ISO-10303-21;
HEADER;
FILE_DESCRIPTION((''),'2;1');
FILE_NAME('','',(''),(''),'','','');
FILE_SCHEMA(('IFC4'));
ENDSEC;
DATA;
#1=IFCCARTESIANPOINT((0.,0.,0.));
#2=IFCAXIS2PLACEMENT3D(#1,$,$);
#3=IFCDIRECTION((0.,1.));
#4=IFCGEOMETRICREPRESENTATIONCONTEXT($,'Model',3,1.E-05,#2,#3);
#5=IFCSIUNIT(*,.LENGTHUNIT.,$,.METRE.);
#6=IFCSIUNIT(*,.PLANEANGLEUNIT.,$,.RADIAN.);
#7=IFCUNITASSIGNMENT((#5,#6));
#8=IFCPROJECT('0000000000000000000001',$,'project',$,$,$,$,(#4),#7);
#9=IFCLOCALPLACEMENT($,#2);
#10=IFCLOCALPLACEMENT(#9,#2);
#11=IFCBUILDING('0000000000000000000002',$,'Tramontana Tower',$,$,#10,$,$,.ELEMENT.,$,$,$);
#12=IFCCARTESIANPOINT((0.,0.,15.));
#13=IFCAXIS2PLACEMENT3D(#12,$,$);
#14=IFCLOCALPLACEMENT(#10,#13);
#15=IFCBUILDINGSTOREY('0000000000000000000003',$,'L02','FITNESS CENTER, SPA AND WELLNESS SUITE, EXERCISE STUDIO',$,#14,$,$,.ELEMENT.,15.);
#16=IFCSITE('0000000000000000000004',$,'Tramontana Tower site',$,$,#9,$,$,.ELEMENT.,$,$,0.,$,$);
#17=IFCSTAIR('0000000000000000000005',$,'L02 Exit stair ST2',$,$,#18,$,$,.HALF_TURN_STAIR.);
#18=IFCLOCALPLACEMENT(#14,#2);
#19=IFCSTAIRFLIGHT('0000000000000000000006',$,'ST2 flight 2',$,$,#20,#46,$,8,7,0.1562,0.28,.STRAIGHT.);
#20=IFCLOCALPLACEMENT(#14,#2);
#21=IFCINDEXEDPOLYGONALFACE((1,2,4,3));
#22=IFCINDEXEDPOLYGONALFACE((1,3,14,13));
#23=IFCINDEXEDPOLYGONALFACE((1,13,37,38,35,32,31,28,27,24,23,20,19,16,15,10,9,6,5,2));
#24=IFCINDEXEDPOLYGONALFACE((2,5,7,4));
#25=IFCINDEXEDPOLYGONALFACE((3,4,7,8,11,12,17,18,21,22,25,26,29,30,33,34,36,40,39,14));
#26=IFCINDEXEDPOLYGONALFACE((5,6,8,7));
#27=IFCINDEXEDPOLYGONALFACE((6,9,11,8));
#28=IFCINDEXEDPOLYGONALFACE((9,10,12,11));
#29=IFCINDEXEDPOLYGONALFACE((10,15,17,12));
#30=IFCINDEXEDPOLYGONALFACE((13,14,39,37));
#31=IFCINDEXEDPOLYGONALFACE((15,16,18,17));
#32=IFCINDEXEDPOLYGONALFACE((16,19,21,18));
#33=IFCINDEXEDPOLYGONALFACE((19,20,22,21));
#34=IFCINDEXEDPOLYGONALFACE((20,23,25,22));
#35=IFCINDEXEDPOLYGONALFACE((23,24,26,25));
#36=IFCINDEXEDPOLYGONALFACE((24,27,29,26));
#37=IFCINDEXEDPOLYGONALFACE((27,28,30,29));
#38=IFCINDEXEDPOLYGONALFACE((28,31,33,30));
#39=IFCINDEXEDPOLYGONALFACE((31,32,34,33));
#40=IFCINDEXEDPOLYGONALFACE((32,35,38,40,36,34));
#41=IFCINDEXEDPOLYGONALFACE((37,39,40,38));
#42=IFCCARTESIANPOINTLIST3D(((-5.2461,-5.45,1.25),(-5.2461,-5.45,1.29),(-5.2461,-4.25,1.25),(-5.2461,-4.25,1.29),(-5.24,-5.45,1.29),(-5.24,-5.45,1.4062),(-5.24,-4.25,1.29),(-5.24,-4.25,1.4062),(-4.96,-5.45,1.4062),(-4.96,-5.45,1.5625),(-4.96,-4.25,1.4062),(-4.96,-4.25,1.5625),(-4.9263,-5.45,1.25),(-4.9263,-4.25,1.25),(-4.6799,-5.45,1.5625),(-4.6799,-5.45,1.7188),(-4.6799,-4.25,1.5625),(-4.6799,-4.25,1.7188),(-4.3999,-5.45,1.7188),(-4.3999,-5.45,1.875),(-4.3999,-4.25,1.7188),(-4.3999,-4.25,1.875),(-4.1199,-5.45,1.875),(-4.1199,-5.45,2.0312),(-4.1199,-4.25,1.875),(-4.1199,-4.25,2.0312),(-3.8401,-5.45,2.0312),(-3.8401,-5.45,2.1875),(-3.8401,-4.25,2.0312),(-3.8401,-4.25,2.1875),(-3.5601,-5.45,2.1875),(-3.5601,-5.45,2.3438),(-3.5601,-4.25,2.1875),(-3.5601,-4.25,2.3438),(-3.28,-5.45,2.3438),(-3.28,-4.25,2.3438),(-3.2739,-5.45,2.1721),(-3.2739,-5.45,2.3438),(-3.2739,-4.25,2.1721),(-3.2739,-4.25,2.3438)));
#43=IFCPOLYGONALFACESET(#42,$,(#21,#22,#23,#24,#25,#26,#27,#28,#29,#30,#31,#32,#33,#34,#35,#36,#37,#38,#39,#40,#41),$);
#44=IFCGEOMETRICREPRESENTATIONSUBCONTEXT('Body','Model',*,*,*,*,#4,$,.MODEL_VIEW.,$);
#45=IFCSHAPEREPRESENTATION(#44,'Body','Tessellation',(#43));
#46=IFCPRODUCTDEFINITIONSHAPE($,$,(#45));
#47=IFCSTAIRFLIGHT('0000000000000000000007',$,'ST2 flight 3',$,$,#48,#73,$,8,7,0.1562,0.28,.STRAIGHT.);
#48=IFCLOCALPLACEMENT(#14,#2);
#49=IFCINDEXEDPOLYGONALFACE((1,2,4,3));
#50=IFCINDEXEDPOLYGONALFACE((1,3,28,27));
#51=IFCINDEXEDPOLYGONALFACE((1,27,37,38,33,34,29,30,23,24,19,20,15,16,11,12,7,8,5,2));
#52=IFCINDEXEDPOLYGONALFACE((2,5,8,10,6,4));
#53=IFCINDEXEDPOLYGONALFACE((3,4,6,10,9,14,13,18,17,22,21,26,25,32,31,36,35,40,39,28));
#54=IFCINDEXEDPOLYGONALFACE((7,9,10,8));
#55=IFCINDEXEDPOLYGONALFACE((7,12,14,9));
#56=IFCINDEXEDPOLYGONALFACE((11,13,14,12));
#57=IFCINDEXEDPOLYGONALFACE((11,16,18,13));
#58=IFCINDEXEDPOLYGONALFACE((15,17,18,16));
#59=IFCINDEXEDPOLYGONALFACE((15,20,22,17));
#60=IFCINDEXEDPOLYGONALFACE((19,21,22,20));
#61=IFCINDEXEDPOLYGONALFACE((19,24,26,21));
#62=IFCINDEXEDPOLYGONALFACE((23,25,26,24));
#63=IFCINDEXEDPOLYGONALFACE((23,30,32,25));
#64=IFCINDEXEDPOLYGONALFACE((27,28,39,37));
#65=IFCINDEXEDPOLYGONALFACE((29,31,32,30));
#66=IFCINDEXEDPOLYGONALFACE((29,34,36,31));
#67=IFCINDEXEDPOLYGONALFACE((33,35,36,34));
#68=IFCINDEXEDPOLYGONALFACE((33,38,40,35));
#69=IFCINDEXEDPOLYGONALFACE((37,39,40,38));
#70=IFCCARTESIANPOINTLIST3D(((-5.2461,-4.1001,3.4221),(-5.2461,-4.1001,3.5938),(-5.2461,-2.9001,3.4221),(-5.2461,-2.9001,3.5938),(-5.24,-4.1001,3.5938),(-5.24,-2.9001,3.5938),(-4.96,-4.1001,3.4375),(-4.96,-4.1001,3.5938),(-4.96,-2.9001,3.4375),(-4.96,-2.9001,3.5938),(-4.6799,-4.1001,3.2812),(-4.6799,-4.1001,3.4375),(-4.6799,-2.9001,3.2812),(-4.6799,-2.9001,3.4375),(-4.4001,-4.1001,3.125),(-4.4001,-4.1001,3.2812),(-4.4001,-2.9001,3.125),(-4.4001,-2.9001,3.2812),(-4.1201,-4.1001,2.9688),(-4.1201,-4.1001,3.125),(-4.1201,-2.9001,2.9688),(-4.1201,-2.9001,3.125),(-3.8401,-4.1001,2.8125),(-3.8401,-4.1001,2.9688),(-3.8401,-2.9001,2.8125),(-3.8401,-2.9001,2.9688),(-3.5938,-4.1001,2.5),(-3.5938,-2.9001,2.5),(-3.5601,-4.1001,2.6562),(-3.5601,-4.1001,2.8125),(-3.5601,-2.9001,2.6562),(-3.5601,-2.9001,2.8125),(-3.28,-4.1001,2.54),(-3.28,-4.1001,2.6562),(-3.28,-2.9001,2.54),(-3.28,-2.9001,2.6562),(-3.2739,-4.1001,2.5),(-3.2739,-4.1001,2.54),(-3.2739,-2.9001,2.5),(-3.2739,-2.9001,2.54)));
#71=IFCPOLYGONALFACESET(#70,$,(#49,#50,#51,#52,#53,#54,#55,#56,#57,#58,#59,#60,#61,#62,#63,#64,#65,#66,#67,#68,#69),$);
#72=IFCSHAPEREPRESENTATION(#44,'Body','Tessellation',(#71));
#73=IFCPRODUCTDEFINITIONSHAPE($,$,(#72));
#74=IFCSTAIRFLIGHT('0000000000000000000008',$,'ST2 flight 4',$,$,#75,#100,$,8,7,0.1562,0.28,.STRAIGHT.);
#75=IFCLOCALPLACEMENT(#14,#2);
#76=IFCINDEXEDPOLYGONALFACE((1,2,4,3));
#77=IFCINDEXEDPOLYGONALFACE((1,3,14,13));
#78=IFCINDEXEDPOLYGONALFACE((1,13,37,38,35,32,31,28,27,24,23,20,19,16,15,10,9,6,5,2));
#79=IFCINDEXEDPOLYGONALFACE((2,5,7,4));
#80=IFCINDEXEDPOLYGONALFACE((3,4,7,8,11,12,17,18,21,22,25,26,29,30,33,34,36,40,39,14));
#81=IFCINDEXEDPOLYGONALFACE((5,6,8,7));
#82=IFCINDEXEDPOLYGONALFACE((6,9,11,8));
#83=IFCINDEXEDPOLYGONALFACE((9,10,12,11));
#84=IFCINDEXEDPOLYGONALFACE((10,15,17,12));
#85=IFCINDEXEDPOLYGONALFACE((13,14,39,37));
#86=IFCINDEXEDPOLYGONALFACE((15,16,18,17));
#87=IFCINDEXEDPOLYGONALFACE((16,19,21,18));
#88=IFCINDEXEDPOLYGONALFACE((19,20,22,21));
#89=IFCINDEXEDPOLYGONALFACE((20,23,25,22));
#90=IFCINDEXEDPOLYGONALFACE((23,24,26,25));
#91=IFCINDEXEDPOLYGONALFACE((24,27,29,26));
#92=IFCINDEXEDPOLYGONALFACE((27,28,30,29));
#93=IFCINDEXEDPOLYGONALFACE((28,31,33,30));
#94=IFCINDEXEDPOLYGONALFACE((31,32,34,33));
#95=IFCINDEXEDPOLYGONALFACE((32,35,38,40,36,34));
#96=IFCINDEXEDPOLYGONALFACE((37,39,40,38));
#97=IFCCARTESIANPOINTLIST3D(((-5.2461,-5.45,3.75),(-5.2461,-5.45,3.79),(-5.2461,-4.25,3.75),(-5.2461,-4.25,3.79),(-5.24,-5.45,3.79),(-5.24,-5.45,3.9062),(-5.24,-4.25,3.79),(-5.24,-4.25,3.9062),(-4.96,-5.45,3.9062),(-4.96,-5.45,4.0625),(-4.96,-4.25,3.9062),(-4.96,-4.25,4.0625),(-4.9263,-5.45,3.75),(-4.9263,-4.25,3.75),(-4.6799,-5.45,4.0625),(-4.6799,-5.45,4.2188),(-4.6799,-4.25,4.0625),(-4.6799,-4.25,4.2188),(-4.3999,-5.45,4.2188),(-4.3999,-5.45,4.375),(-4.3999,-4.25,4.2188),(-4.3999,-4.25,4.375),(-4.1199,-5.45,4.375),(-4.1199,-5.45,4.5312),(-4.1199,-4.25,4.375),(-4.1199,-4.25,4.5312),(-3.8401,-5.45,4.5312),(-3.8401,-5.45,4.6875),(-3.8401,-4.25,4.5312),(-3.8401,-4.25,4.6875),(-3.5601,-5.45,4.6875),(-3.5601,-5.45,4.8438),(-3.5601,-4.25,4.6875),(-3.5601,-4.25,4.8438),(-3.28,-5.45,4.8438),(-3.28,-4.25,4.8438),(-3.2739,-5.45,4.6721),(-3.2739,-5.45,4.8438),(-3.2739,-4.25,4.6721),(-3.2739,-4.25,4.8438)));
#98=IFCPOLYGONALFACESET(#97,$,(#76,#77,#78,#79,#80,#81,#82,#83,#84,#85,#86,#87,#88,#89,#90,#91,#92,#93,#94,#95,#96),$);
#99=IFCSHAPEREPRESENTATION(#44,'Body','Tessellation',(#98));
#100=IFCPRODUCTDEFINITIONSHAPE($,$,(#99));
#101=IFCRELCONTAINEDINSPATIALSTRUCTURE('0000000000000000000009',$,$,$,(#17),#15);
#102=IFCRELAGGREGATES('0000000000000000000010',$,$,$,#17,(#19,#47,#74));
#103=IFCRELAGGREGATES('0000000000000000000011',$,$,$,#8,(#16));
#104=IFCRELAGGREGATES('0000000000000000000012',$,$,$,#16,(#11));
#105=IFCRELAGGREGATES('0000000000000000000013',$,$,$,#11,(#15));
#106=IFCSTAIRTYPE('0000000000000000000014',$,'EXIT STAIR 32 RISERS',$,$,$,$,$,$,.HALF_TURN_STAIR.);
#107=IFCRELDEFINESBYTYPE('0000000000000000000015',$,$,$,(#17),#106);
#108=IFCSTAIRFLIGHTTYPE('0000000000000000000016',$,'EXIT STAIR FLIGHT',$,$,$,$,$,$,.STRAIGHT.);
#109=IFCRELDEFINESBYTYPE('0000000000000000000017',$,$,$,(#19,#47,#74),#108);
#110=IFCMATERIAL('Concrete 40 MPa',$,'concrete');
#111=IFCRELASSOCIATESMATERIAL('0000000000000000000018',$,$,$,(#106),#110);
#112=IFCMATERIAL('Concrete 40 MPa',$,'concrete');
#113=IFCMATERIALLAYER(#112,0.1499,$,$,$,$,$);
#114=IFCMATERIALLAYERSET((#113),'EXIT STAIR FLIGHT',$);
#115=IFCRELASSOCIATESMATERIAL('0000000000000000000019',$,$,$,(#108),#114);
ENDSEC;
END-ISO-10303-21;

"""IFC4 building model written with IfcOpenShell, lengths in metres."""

from ifc_helpers import new_model, si_unit, direction, frame, origin, place, context, subcontext, project, spatial, polyline, outline, extrude, material, layer, layer_set, type_object, element, aggregate, save


model = new_model("IFC4")

# Units and contexts
model_context = context("Model", 3, precision=1e-05, world=origin(), true_north=direction((0.0, 1.0)))
body_context = subcontext(model_context, "Body", "Model", "MODEL_VIEW")
ifc_project = project(units=[si_unit("LENGTHUNIT", "METRE"), si_unit("PLANEANGLEUNIT", "RADIAN")], contexts=[model_context])

# Site, building, storey
site_placement = place(None, origin())
site = spatial("IfcSite", under=ifc_project, at=site_placement, Name="Tramontana Tower site", CompositionType="ELEMENT", RefElevation=0.0)
building_placement = place(site_placement, origin())
building = spatial("IfcBuilding", under=site, at=building_placement, Name="Tramontana Tower", CompositionType="ELEMENT")
storey_placement = place(building_placement, frame((0.0, 0.0, 15.0)))
storey = spatial("IfcBuildingStorey", under=building, at=storey_placement, Name="L02", Description="FITNESS CENTER, SPA AND WELLNESS SUITE, EXERCISE STUDIO", CompositionType="ELEMENT", Elevation=15.0)

# Stair, stair flights
ifc_material_1 = material(Name="Concrete 40 MPa", Category="concrete")
stair_type = type_object("IfcStairType", Name="EXIT STAIR 32 RISERS", PredefinedType="HALF_TURN_STAIR", material=ifc_material_1)
stair_placement = place(storey_placement, origin())
stair = element("IfcStair", 1, at=stair_placement, inside=storey, type_object=stair_type, Name="L02 Exit stair ST2", PredefinedType="HALF_TURN_STAIR")
ifc_material_2 = material(Name="Concrete 40 MPa", Category="concrete")
ifc_layer_1 = layer(ifc_material_2, 0.1499)
ifc_layer_set_1 = layer_set([ifc_layer_1], Name="EXIT STAIR FLIGHT")
stair_flight_type = type_object("IfcStairFlightType", Name="EXIT STAIR FLIGHT", PredefinedType="STRAIGHT", material=ifc_layer_set_1)
stair_flight_1_placement = place(storey_placement, frame((-5.24, -4.8501, 1.25), z_axis=(0.0, 0.0, 1.0), x_axis=(1.0, 0.0, 0.0)))
stair_flight_1 = element("IfcStairFlight", 2, at=stair_flight_1_placement, type_object=stair_flight_type, Name="ST2 flight 2", NumberOfRisers=8, NumberOfTreads=7, PredefinedType="STRAIGHT", RiserHeight=0.1562, TreadLength=0.28, context=body_context, shape_type="SweptSolid", body=[
    extrude(outline(polyline([(-0.0061, 0.0), (-0.0061, 0.04), (0.0, 0.04), (0.0, 0.1562), (0.28, 0.1562), (0.28, 0.3125), (0.5601, 0.3125), (0.5601, 0.4688), (0.8401, 0.4688), (0.8401, 0.625), (1.1201, 0.625), (1.1201, 0.7812), (1.3999, 0.7812), (1.3999, 0.9375), (1.6799, 0.9375), (1.6799, 1.0938), (1.96, 1.0938), (1.9661, 1.0938), (1.9661, 0.9221), (0.3137, 0.0), (-0.0061, 0.0)])), frame((0.0, 0.6001, 0.0), z_axis=(0.0, -1.0, 0.0), x_axis=(1.0, 0.0, 0.0)), (0.0, 0.0, 1.0), 1.2),
])
stair_flight_2_placement = place(storey_placement, frame((-3.28, -3.5, 2.5), z_axis=(0.0, 0.0, 1.0), x_axis=(-1.0, 0.0, 0.0)))
stair_flight_2 = element("IfcStairFlight", 3, at=stair_flight_2_placement, type_object=stair_flight_type, Name="ST2 flight 3", NumberOfRisers=8, NumberOfTreads=7, PredefinedType="STRAIGHT", RiserHeight=0.1562, TreadLength=0.28, context=body_context, shape_type="SweptSolid", body=[
    extrude(outline(polyline([(-0.0061, 0.0), (-0.0061, 0.04), (0.0, 0.04), (0.0, 0.1562), (0.28, 0.1562), (0.28, 0.3125), (0.5601, 0.3125), (0.5601, 0.4688), (0.8401, 0.4688), (0.8401, 0.625), (1.1201, 0.625), (1.1201, 0.7812), (1.3999, 0.7812), (1.3999, 0.9375), (1.6799, 0.9375), (1.6799, 1.0938), (1.96, 1.0938), (1.9661, 1.0938), (1.9661, 0.9221), (0.3137, 0.0), (-0.0061, 0.0)])), frame((0.0, 0.6001, 0.0), z_axis=(0.0, -1.0, 0.0), x_axis=(1.0, 0.0, 0.0)), (0.0, 0.0, 1.0), 1.2),
])
stair_flight_3_placement = place(storey_placement, frame((-5.24, -4.8501, 3.75), z_axis=(0.0, 0.0, 1.0), x_axis=(1.0, 0.0, 0.0)))
stair_flight_3 = element("IfcStairFlight", 4, at=stair_flight_3_placement, type_object=stair_flight_type, Name="ST2 flight 4", NumberOfRisers=8, NumberOfTreads=7, PredefinedType="STRAIGHT", RiserHeight=0.1562, TreadLength=0.28, context=body_context, shape_type="SweptSolid", body=[
    extrude(outline(polyline([(-0.0061, 0.0), (-0.0061, 0.04), (0.0, 0.04), (0.0, 0.1562), (0.28, 0.1562), (0.28, 0.3125), (0.5601, 0.3125), (0.5601, 0.4688), (0.8401, 0.4688), (0.8401, 0.625), (1.1201, 0.625), (1.1201, 0.7812), (1.3999, 0.7812), (1.3999, 0.9375), (1.6799, 0.9375), (1.6799, 1.0938), (1.96, 1.0938), (1.9661, 1.0938), (1.9661, 0.9221), (0.3137, 0.0), (-0.0061, 0.0)])), frame((0.0, 0.6001, 0.0), z_axis=(0.0, -1.0, 0.0), x_axis=(1.0, 0.0, 0.0)), (0.0, 0.0, 1.0), 1.2),
])
aggregate(stair, [stair_flight_1, stair_flight_2, stair_flight_3])

save(model, "model.ifc")
